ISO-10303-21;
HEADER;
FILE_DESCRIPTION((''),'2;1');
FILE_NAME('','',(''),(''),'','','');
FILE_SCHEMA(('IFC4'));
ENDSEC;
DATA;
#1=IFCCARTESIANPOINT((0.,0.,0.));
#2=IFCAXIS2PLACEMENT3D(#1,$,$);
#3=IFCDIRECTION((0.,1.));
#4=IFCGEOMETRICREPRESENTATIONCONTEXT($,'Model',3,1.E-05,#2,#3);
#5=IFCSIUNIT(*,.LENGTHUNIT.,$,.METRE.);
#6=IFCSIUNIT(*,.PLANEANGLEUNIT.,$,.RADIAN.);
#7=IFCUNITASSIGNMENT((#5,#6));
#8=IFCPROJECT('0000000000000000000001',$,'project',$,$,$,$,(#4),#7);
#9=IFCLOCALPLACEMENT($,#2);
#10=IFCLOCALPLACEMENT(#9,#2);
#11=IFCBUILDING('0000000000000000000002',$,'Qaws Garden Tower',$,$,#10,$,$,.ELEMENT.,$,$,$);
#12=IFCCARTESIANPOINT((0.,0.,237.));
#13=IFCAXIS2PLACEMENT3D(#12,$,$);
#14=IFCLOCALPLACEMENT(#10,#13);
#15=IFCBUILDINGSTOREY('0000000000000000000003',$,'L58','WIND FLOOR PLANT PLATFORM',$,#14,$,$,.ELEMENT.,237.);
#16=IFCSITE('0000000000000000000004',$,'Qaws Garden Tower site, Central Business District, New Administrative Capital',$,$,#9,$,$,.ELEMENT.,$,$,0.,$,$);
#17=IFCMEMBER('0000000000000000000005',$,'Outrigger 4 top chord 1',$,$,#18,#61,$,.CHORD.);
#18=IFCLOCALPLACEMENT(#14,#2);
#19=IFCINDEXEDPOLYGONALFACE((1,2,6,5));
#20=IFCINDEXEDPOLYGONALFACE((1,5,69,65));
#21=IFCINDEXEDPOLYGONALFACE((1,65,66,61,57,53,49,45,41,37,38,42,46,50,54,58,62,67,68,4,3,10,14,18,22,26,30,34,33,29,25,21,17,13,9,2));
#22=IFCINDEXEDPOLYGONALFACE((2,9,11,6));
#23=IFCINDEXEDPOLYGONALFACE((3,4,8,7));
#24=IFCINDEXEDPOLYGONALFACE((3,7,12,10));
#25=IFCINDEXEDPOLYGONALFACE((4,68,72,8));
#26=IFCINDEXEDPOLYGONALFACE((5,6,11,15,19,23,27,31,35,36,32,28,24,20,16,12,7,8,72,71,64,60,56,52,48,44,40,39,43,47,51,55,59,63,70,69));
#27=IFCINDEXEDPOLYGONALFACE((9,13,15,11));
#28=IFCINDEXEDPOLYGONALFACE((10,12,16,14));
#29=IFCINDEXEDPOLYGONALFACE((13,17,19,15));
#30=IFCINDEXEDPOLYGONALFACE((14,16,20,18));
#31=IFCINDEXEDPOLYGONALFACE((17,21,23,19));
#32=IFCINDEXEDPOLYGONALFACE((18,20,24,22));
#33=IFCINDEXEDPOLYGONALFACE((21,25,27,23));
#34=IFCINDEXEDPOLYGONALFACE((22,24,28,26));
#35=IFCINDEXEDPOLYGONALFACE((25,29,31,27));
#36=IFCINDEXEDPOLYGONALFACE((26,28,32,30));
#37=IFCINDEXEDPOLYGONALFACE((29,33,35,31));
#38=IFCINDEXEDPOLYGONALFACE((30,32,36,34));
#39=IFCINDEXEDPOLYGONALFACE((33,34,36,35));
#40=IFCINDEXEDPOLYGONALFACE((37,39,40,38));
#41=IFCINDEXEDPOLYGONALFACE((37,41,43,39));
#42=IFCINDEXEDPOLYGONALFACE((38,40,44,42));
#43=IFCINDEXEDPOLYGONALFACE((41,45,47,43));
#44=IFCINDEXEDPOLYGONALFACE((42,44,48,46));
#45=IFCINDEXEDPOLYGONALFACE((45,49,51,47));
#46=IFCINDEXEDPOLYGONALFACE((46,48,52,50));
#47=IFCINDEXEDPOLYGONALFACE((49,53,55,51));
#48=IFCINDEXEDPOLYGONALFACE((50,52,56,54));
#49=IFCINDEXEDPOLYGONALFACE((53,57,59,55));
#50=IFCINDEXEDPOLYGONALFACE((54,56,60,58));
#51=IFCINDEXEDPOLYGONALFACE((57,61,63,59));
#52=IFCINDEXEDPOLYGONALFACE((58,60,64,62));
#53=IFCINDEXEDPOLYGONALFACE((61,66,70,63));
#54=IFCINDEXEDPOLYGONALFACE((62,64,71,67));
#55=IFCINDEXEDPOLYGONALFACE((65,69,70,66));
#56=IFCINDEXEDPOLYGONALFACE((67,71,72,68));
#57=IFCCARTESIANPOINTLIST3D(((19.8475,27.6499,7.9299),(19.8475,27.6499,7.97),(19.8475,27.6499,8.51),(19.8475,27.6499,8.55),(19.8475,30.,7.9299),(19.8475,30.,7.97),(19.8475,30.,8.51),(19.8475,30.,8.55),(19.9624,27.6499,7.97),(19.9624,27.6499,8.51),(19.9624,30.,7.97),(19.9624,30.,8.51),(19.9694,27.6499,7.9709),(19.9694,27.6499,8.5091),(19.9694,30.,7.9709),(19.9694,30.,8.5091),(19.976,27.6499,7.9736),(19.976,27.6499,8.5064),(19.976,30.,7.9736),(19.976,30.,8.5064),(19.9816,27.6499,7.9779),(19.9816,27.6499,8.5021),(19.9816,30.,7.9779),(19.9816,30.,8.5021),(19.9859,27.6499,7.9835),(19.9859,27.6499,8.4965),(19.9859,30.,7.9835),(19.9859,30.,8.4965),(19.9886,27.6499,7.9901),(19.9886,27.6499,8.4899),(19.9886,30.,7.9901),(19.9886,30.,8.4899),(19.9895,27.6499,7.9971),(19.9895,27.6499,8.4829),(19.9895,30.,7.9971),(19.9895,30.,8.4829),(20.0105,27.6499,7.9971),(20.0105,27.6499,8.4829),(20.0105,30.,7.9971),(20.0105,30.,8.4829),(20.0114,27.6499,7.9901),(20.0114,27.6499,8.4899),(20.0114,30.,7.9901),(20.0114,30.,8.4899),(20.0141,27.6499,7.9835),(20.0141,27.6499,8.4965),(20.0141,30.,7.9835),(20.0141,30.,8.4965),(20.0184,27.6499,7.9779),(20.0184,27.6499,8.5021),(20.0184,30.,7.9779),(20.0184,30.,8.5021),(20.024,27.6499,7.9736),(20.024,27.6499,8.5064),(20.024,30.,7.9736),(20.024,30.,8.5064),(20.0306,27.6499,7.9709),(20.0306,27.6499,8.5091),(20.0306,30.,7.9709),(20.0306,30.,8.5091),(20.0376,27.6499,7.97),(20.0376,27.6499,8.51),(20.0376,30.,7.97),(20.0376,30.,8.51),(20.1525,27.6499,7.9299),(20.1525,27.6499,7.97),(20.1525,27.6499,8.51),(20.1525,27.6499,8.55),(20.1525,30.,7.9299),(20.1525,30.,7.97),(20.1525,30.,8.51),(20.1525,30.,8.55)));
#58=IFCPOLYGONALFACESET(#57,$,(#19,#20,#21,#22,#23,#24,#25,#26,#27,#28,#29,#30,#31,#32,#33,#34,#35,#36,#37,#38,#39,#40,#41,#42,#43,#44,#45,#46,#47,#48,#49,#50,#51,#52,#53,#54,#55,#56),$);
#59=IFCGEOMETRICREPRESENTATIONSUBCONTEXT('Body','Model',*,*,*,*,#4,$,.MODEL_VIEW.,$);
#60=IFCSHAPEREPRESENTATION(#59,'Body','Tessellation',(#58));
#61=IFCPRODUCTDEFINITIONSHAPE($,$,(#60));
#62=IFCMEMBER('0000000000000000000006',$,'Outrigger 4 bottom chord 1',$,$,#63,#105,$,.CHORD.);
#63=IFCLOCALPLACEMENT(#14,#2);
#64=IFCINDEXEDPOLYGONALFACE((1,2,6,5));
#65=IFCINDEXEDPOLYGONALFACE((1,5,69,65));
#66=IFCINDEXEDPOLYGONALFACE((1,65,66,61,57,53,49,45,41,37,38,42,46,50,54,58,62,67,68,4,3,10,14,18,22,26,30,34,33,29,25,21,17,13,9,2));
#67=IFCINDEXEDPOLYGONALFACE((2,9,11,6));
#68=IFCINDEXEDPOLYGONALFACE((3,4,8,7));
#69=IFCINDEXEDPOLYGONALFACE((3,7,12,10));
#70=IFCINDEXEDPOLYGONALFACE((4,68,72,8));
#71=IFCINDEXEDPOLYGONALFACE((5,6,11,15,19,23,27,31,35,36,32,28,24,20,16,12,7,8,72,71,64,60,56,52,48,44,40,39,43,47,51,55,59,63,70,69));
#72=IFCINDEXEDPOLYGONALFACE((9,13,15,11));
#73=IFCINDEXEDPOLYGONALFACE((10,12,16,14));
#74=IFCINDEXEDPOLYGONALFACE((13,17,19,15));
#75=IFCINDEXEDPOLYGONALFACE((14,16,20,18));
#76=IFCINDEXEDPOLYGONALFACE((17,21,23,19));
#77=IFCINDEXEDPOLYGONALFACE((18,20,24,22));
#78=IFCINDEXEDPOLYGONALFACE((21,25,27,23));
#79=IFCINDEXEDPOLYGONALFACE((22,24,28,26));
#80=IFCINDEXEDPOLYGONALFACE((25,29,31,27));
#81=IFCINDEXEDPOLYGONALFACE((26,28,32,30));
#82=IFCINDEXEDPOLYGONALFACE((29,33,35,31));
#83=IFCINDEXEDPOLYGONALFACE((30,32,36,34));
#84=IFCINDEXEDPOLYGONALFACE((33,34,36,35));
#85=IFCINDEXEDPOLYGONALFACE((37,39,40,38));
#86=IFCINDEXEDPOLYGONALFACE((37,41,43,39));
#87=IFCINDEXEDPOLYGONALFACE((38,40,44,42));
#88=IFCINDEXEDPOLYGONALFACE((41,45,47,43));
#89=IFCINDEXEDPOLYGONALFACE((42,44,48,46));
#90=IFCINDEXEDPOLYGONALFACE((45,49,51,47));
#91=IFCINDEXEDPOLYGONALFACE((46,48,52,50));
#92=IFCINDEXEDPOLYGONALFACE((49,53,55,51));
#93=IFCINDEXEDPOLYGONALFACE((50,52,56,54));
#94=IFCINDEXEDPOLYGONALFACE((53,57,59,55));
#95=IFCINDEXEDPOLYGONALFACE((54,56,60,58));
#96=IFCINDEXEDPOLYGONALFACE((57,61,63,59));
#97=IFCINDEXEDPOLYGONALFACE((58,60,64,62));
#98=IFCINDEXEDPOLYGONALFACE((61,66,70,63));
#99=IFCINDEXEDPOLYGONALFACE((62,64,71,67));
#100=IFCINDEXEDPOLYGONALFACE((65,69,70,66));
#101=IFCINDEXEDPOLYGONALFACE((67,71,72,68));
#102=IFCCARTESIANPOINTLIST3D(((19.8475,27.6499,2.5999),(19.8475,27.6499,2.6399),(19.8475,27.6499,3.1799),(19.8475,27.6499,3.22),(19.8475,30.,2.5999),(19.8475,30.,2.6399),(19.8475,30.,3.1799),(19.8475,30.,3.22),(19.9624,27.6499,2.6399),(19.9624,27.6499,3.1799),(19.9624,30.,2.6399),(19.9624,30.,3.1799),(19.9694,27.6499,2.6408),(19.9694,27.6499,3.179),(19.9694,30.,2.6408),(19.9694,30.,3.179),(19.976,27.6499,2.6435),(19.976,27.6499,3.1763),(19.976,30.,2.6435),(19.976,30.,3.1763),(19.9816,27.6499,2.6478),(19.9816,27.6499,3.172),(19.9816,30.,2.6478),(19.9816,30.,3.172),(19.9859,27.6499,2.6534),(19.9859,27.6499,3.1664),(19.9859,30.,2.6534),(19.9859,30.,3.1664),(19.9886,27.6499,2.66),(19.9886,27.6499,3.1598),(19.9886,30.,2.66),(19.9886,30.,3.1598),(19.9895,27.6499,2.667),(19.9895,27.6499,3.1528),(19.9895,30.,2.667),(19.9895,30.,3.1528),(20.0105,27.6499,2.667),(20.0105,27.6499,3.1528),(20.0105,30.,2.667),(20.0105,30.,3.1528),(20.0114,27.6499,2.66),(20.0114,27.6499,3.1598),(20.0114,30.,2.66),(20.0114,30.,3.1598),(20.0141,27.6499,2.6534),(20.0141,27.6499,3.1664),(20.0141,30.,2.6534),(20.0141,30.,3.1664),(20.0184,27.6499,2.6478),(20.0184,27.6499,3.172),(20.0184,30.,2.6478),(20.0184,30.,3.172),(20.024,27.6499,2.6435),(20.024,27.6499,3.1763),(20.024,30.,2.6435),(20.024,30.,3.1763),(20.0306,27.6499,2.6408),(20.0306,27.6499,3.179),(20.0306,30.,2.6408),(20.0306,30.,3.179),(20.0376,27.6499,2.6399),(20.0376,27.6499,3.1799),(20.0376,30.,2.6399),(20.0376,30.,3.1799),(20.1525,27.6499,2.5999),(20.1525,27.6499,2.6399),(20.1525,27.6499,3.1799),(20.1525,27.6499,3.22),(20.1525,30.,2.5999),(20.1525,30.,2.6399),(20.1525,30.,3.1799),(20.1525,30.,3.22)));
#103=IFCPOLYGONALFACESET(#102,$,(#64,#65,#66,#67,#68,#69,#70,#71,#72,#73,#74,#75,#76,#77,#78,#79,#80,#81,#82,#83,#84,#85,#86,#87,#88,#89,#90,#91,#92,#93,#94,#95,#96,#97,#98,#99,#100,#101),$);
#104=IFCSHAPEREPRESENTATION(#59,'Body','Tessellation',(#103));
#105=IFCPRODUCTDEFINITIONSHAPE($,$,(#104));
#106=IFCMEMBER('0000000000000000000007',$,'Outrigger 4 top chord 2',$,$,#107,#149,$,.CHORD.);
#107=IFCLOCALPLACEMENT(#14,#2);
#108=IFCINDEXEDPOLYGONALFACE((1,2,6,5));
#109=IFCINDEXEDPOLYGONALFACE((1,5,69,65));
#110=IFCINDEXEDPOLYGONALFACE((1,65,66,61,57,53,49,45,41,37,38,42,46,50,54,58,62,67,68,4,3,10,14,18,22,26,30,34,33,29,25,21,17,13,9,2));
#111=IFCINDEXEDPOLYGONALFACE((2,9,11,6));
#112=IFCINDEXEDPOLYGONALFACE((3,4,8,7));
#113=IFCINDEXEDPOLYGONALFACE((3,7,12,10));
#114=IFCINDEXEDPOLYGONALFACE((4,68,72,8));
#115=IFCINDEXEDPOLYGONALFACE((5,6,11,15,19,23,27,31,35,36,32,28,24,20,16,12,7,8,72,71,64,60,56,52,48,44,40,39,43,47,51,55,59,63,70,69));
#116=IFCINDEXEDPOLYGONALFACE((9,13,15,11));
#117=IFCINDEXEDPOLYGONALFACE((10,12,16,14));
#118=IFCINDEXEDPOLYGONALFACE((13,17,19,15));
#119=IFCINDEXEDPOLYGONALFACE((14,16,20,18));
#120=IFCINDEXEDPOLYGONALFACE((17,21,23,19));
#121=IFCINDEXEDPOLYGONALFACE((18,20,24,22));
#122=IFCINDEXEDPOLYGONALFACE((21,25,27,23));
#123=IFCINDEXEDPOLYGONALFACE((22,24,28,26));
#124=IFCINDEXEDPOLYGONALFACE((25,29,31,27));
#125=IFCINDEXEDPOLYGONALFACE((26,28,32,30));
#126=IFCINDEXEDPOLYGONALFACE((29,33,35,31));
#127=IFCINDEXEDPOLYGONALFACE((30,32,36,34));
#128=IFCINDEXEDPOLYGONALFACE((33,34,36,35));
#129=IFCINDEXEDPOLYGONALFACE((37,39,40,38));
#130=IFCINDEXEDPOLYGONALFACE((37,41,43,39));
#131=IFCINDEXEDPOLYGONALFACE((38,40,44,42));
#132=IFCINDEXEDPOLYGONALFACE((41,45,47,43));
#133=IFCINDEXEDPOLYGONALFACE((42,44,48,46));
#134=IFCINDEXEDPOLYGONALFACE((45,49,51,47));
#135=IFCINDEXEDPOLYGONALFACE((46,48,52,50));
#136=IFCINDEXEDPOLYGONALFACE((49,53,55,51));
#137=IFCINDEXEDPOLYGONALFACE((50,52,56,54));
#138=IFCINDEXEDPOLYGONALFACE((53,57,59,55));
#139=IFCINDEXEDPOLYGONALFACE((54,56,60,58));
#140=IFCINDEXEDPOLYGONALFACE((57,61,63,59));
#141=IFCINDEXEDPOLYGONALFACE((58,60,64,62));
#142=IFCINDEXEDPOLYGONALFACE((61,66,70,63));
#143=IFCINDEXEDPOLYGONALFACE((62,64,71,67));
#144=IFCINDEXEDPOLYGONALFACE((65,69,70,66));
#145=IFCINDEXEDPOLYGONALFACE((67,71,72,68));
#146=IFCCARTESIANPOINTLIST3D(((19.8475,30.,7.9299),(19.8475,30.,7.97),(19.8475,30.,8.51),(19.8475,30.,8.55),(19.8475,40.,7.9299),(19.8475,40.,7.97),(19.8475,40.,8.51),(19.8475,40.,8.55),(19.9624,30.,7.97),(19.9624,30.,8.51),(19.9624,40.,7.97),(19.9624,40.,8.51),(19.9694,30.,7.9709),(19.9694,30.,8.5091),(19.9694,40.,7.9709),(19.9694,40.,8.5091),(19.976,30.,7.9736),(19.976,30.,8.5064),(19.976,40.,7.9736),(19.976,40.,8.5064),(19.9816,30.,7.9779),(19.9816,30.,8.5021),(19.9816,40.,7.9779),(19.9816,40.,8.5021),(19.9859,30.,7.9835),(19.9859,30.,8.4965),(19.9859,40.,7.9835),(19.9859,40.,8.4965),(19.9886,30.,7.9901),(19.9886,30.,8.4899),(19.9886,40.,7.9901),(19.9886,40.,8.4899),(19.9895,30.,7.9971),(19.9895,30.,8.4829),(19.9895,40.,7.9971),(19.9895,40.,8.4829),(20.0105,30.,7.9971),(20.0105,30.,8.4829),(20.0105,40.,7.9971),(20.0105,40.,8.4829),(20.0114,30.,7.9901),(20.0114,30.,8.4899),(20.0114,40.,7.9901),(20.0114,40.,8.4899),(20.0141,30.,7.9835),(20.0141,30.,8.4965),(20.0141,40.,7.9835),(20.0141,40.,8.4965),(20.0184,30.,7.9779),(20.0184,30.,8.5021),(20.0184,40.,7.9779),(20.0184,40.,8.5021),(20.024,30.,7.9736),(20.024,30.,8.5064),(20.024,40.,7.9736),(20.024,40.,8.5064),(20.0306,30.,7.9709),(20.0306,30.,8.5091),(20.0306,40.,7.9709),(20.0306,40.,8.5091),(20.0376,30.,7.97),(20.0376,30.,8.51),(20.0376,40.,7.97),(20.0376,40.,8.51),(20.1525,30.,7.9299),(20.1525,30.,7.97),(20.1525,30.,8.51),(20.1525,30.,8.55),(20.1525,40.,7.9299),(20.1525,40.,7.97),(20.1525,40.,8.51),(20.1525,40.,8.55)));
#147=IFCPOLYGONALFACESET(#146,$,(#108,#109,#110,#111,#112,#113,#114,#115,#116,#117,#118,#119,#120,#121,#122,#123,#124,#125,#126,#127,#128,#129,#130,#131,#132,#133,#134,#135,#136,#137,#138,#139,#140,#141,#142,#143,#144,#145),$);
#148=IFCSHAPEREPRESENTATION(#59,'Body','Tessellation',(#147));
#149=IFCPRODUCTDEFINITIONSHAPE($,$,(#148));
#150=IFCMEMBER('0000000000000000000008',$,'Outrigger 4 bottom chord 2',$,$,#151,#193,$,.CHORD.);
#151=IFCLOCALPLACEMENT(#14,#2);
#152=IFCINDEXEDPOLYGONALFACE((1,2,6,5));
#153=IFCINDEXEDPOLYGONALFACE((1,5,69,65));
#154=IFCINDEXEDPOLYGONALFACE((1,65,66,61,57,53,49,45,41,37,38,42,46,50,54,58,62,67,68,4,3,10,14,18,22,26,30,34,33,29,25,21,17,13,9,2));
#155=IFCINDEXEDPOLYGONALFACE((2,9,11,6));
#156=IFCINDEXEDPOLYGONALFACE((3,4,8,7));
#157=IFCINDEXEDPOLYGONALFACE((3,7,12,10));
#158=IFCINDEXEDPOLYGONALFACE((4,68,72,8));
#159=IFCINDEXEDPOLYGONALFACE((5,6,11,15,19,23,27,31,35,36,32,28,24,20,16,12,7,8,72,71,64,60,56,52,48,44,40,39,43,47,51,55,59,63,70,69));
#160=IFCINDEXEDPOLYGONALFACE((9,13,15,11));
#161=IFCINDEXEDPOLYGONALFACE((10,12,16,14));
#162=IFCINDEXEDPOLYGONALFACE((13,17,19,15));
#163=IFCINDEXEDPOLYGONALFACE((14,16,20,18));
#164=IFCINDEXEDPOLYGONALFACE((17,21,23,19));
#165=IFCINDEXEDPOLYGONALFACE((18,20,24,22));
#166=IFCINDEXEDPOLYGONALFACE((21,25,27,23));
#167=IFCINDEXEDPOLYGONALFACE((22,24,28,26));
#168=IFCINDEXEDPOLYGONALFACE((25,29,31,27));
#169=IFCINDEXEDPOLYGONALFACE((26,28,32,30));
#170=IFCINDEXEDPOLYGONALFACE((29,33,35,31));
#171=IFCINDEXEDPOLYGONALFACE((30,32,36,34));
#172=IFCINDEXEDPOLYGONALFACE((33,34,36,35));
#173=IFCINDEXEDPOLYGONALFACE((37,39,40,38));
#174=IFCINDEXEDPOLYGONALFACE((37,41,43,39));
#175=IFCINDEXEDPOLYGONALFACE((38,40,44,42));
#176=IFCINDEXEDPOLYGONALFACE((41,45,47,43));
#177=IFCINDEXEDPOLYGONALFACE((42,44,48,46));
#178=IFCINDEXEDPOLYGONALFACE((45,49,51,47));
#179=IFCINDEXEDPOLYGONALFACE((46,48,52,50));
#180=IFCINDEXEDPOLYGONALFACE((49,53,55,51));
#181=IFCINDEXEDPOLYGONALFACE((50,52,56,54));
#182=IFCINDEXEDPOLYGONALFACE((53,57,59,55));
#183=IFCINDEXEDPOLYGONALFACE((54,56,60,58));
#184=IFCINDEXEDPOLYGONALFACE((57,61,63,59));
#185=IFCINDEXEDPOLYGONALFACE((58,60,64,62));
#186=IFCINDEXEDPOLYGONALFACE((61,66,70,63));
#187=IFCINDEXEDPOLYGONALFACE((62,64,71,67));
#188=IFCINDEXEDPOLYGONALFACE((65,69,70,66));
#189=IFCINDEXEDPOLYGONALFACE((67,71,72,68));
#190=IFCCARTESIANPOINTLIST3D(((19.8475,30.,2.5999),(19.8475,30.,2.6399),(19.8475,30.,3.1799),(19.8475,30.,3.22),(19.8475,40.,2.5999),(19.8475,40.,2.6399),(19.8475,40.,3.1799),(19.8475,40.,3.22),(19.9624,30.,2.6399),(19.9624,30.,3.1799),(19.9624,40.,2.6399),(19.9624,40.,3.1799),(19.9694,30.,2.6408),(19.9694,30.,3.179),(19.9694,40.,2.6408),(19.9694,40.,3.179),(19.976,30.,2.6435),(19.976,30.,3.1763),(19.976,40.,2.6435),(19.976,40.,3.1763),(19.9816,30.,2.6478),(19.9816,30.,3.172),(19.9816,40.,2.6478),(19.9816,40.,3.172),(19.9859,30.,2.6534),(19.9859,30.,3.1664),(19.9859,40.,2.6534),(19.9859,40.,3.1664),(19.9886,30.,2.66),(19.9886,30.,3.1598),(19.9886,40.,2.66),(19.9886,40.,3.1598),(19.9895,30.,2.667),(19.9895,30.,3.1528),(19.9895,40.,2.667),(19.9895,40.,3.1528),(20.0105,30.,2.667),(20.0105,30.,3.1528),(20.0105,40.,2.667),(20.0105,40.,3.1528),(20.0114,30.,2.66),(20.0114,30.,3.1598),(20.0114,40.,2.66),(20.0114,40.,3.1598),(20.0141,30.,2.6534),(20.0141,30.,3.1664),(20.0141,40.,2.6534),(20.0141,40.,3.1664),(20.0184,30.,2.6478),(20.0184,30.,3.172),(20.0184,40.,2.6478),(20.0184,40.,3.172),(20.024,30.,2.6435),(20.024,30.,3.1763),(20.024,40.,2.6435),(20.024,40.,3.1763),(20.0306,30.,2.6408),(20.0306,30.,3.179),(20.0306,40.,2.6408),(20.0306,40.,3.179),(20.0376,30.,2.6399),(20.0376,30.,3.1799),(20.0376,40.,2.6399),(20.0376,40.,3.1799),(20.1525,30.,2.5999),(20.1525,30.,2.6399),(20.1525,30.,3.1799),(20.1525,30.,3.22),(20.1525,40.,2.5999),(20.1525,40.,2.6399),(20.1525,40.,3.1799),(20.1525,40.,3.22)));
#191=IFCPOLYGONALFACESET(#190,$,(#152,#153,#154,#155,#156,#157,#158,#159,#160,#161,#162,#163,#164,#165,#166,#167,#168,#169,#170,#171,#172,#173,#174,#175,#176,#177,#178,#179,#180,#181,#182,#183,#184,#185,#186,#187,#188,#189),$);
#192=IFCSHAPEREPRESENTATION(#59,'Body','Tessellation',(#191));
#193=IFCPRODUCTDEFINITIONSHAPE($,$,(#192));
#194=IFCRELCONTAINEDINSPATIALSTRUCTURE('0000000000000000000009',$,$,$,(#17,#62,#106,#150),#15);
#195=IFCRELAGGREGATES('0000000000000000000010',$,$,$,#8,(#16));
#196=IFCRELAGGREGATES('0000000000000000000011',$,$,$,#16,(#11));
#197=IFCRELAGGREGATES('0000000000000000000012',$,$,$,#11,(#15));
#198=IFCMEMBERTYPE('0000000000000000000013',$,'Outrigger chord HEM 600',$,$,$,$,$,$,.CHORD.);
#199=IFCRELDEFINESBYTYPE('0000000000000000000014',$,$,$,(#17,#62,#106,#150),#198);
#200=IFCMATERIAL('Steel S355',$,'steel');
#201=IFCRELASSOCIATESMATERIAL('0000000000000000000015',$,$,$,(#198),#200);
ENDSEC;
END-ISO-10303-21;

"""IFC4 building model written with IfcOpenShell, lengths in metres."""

from ifc_helpers import new_model, si_unit, direction, frame, origin, origin_2d, place, context, subcontext, project, spatial, i_section, extrude, material, material_profile, profile_set, type_object, element, save


model = new_model("IFC4")

# Units and contexts
model_context = context("Model", 3, precision=1e-05, world=origin(), true_north=direction((0.0, 1.0)))
body_context = subcontext(model_context, "Body", "Model", "MODEL_VIEW")
ifc_project = project(units=[si_unit("LENGTHUNIT", "METRE"), si_unit("PLANEANGLEUNIT", "RADIAN")], contexts=[model_context])

# Site, building, storey
site_placement = place(None, origin())
site = spatial("IfcSite", under=ifc_project, at=site_placement, Name="Qaws Garden Tower site, Central Business District, New Administrative Capital", CompositionType="ELEMENT", RefElevation=0.0)
building_placement = place(site_placement, origin())
building = spatial("IfcBuilding", under=site, at=building_placement, Name="Qaws Garden Tower", CompositionType="ELEMENT")
storey_placement = place(building_placement, frame((0.0, 0.0, 237.0)))
storey = spatial("IfcBuildingStorey", under=building, at=storey_placement, Name="L58", Description="WIND FLOOR PLANT PLATFORM", CompositionType="ELEMENT", Elevation=237.0)

# Members
ifc_material_1 = material(Name="Steel S355", Category="steel")
ifc_material_profile_1 = material_profile(ifc_material_1, i_section(OverallWidth=0.3049, OverallDepth=0.6201, WebThickness=0.021, FlangeThickness=0.04, FilletRadius=0.0271, at=origin_2d()), Name="HEM 600")
ifc_profile_set_1 = profile_set([ifc_material_profile_1], Name="Steel S355")
member_type_1 = type_object("IfcMemberType", Name="Outrigger chord HEM 600", PredefinedType="CHORD", material=ifc_profile_set_1)
for number, where, z_axis, x_axis, name in (
    (1, (20.0, 27.6499, 8.24), (0.0, 1.0, 0.0), (-1.0, 0.0, 0.0), "Outrigger 4 top chord 1"),
    (2, (20.0, 27.6499, 2.9099), (0.0, 1.0, 0.0), (-1.0, 0.0, 0.0), "Outrigger 4 bottom chord 1"),
):
    element("IfcMember", number, at=place(storey_placement, frame(where, z_axis=z_axis, x_axis=x_axis)), inside=storey, type_object=member_type_1, Name=name, PredefinedType="CHORD", context=body_context, shape_type="SweptSolid", body=[
        extrude(i_section(OverallWidth=0.3049, OverallDepth=0.6201, WebThickness=0.021, FlangeThickness=0.04, FilletRadius=0.0271, at=origin_2d()), origin(), (0.0, 0.0, 1.0), 2.3501),
    ])
for number, where, z_axis, x_axis, name in (
    (3, (20.0, 30.0, 8.24), (0.0, 1.0, 0.0), (-1.0, 0.0, 0.0), "Outrigger 4 top chord 2"),
    (4, (20.0, 30.0, 2.9099), (0.0, 1.0, 0.0), (-1.0, 0.0, 0.0), "Outrigger 4 bottom chord 2"),
):
    element("IfcMember", number, at=place(storey_placement, frame(where, z_axis=z_axis, x_axis=x_axis)), inside=storey, type_object=member_type_1, Name=name, PredefinedType="CHORD", context=body_context, shape_type="SweptSolid", body=[
        extrude(i_section(OverallWidth=0.3049, OverallDepth=0.6201, WebThickness=0.021, FlangeThickness=0.04, FilletRadius=0.0271, at=origin_2d()), origin(), (0.0, 0.0, 1.0), 10.0),
    ])

save(model, "model.ifc")
